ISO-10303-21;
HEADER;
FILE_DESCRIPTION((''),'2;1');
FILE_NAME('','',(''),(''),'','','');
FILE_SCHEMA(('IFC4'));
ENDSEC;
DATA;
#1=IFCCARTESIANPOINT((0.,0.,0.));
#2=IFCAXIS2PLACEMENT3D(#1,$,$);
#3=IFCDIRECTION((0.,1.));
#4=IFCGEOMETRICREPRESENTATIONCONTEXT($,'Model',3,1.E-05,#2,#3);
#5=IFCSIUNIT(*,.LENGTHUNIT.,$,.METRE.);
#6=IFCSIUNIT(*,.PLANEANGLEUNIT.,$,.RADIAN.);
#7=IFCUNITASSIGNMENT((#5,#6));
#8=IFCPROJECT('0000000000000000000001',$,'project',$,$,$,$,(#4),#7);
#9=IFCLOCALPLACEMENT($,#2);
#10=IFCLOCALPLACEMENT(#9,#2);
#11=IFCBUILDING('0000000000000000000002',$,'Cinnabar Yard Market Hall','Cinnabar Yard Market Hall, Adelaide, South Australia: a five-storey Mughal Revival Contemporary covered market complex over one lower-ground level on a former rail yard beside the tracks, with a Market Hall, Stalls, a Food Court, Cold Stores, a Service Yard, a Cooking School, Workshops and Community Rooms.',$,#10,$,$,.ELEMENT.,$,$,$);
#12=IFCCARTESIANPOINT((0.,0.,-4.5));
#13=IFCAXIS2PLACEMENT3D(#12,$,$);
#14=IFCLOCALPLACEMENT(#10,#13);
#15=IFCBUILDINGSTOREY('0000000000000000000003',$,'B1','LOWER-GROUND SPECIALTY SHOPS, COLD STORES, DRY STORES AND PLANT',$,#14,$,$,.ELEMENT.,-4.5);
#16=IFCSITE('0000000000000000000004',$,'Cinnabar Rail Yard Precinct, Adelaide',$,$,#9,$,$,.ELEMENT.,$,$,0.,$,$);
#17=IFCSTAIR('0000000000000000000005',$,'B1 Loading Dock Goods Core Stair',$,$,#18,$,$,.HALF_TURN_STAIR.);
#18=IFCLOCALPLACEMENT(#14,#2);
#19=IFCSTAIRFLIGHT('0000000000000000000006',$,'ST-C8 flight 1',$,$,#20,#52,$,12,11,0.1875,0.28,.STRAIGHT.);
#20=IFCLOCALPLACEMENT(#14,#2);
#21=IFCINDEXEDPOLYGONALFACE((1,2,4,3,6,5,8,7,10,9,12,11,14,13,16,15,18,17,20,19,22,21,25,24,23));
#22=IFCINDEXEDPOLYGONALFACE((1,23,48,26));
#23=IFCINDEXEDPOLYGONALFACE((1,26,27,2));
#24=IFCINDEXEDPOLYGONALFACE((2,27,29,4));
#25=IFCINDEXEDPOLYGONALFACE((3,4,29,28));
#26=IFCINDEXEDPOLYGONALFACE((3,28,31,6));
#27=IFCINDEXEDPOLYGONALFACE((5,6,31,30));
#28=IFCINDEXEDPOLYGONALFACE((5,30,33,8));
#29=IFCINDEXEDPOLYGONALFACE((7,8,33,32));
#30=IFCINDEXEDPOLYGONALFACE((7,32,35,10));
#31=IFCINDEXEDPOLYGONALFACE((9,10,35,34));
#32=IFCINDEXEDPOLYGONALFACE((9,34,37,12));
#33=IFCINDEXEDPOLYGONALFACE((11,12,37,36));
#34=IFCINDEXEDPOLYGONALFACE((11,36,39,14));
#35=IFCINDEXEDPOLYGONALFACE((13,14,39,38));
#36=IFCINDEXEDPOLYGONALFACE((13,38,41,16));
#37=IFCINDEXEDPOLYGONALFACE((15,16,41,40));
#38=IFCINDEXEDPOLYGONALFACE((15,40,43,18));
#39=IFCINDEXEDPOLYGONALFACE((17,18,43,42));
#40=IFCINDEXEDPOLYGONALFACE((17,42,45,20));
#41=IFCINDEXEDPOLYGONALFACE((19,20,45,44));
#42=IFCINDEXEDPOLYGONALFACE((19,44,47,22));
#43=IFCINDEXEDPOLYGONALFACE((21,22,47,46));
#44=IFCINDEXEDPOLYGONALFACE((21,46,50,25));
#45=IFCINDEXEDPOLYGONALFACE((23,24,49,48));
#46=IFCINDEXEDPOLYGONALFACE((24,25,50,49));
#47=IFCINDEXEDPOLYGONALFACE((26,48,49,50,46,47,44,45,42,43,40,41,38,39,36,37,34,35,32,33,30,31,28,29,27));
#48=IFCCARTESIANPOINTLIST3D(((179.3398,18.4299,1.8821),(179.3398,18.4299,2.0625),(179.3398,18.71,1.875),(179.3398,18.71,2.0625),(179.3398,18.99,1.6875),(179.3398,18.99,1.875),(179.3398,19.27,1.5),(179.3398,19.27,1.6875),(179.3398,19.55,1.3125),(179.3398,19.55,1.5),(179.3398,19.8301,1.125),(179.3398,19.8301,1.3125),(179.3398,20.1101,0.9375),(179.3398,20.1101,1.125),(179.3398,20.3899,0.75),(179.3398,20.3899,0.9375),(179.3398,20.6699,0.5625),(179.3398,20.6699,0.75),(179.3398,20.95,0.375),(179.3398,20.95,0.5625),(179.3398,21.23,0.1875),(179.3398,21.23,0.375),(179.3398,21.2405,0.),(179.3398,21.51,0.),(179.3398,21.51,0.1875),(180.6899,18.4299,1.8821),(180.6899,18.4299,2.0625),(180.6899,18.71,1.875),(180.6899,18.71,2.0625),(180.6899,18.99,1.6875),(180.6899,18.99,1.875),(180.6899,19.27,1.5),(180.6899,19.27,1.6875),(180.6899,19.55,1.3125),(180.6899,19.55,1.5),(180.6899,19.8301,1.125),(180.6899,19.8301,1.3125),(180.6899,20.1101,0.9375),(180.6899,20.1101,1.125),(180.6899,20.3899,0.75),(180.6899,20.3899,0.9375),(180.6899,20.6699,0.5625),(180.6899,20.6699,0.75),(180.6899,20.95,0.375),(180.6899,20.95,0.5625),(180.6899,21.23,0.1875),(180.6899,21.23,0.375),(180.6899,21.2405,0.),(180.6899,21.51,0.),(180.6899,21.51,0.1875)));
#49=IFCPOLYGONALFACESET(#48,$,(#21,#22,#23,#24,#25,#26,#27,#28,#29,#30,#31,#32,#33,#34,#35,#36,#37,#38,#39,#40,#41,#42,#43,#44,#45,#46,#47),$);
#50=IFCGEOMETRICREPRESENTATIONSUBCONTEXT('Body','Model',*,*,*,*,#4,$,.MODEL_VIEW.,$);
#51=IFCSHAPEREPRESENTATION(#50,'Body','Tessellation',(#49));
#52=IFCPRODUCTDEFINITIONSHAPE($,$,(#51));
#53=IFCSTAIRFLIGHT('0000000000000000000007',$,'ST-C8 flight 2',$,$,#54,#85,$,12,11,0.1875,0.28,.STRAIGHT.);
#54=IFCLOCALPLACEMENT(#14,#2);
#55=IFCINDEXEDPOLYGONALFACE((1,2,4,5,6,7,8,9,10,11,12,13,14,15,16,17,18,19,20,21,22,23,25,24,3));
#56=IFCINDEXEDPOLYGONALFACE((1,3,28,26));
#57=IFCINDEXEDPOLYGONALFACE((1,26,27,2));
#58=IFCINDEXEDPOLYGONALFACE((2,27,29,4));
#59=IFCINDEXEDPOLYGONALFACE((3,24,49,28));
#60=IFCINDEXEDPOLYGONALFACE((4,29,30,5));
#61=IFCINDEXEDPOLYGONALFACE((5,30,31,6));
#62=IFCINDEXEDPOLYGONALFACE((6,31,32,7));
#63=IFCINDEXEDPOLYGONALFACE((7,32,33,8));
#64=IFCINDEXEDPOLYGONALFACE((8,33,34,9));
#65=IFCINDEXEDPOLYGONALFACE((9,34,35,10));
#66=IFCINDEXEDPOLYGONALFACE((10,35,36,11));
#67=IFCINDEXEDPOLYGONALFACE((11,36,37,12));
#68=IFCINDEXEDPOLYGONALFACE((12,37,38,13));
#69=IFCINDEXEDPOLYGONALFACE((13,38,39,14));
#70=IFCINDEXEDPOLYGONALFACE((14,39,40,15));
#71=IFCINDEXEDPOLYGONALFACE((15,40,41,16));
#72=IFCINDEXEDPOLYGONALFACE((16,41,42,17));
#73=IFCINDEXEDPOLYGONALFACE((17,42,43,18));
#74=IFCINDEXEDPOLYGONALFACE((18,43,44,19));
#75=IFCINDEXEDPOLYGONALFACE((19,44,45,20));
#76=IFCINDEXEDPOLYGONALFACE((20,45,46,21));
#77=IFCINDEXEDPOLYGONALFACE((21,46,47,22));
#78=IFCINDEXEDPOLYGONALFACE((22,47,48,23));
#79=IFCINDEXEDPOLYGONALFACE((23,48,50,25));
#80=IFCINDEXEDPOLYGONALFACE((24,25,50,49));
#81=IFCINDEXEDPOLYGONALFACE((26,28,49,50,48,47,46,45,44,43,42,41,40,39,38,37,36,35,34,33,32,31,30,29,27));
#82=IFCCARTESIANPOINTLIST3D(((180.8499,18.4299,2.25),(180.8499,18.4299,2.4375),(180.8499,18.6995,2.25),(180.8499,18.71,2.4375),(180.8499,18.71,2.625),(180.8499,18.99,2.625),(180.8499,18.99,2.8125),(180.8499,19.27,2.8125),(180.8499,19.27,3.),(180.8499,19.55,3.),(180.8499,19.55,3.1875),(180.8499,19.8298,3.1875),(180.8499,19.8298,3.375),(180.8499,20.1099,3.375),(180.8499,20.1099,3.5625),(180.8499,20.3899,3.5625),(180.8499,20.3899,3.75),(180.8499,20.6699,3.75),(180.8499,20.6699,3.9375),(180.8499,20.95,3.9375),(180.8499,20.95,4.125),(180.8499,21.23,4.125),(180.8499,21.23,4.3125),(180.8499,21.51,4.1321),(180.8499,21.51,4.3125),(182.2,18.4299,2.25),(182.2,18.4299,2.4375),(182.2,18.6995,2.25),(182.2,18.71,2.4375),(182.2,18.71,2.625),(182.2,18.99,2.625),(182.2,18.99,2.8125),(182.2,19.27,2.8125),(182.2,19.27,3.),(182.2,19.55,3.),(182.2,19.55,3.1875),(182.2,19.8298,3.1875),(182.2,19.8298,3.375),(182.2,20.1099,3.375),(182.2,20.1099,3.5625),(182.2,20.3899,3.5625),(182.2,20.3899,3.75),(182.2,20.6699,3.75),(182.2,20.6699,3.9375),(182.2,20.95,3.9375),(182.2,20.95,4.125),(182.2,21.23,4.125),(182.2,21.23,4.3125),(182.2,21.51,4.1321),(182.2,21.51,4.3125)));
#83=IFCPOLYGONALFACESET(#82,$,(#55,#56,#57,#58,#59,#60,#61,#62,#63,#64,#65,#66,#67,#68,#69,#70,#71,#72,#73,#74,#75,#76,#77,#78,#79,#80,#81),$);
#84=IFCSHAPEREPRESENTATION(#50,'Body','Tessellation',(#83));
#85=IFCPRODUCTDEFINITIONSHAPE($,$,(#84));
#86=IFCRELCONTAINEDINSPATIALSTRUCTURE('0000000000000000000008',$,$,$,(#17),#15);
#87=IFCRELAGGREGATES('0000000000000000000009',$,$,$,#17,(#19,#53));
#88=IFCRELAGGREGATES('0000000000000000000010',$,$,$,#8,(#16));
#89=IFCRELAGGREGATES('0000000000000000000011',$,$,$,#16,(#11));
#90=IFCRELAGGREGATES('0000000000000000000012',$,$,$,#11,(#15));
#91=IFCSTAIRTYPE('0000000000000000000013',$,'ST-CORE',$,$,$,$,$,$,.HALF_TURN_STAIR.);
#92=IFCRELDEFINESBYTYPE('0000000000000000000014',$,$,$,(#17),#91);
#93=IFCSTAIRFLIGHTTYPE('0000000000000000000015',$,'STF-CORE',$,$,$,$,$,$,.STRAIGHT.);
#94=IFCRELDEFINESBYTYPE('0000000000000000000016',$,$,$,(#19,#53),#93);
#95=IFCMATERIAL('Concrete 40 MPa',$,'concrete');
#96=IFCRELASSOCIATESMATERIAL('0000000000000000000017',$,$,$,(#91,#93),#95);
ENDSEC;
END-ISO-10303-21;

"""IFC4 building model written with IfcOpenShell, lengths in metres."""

from ifc_helpers import new_model, si_unit, direction, frame, origin, place, context, subcontext, project, spatial, polyline, outline, extrude, material, type_object, element, aggregate, save


model = new_model("IFC4")

# Units and contexts
model_context = context("Model", 3, precision=1e-05, world=origin(), true_north=direction((0.0, 1.0)))
body_context = subcontext(model_context, "Body", "Model", "MODEL_VIEW")
ifc_project = project(units=[si_unit("LENGTHUNIT", "METRE"), si_unit("PLANEANGLEUNIT", "RADIAN")], contexts=[model_context])

# Site, building, storey
site_placement = place(None, origin())
site = spatial("IfcSite", under=ifc_project, at=site_placement, Name="Cinnabar Rail Yard Precinct, Adelaide", CompositionType="ELEMENT", RefElevation=0.0)
building_placement = place(site_placement, origin())
building = spatial("IfcBuilding", under=site, at=building_placement, Name="Cinnabar Yard Market Hall", Description="Cinnabar Yard Market Hall, Adelaide, South Australia: a five-storey Mughal Revival Contemporary covered market complex over one lower-ground level on a former rail yard beside the tracks, with a Market Hall, Stalls, a Food Court, Cold Stores, a Service Yard, a Cooking School, Workshops and Community Rooms.", CompositionType="ELEMENT")
storey_placement = place(building_placement, frame((0.0, 0.0, -4.5)))
storey = spatial("IfcBuildingStorey", under=building, at=storey_placement, Name="B1", Description="LOWER-GROUND SPECIALTY SHOPS, COLD STORES, DRY STORES AND PLANT", CompositionType="ELEMENT", Elevation=-4.5)

# Shared definitions
ifc_material_1 = material(Name="Concrete 40 MPa", Category="concrete")

# Stair, stair flights
stair_type = type_object("IfcStairType", Name="ST-CORE", PredefinedType="HALF_TURN_STAIR", material=ifc_material_1)
stair_placement = place(storey_placement, origin())
stair = element("IfcStair", 1, at=stair_placement, inside=storey, type_object=stair_type, Name="B1 Loading Dock Goods Core Stair", PredefinedType="HALF_TURN_STAIR")
stair_flight_type = type_object("IfcStairFlightType", Name="STF-CORE", PredefinedType="STRAIGHT", material=ifc_material_1)
stair_flight_1_placement = place(storey_placement, frame((180.0149, 21.51, 0.0), z_axis=(0.0, 0.0, 1.0), x_axis=(0.0, -1.0, 0.0)))
stair_flight_1 = element("IfcStairFlight", 2, at=stair_flight_1_placement, type_object=stair_flight_type, Name="ST-C8 flight 1", NumberOfRisers=12, NumberOfTreads=11, PredefinedType="STRAIGHT", RiserHeight=0.1875, TreadLength=0.28, context=body_context, shape_type="SweptSolid", body=[
    extrude(outline(polyline([(0.0, 0.0), (0.0, 0.1875), (0.28, 0.1875), (0.28, 0.375), (0.5601, 0.375), (0.5601, 0.5625), (0.8401, 0.5625), (0.8401, 0.75), (1.1201, 0.75), (1.1201, 0.9375), (1.3999, 0.9375), (1.3999, 1.125), (1.6799, 1.125), (1.6799, 1.3125), (1.96, 1.3125), (1.96, 1.5), (2.24, 1.5), (2.24, 1.6875), (2.52, 1.6875), (2.52, 1.875), (2.8, 1.875), (2.8, 2.0625), (3.0801, 2.0625), (3.0801, 2.25), (3.0801, 1.8821), (0.2695, 0.0), (0.0, 0.0)])), frame((0.0, 0.675, 0.0), z_axis=(0.0, -1.0, 0.0), x_axis=(1.0, 0.0, 0.0)), (0.0, 0.0, 1.0), 1.3501),
])
stair_flight_2_placement = place(storey_placement, frame((181.5249, 18.4299, 2.25), z_axis=(0.0, 0.0, 1.0), x_axis=(0.0, 1.0, 0.0)))
stair_flight_2 = element("IfcStairFlight", 3, at=stair_flight_2_placement, type_object=stair_flight_type, Name="ST-C8 flight 2", NumberOfRisers=12, NumberOfTreads=11, PredefinedType="STRAIGHT", RiserHeight=0.1875, TreadLength=0.28, context=body_context, shape_type="SweptSolid", body=[
    extrude(outline(polyline([(0.0, 0.0), (0.0, 0.1875), (0.28, 0.1875), (0.28, 0.375), (0.5601, 0.375), (0.5601, 0.5625), (0.8401, 0.5625), (0.8401, 0.75), (1.1201, 0.75), (1.1201, 0.9375), (1.3999, 0.9375), (1.3999, 1.125), (1.6799, 1.125), (1.6799, 1.3125), (1.96, 1.3125), (1.96, 1.5), (2.24, 1.5), (2.24, 1.6875), (2.52, 1.6875), (2.52, 1.875), (2.8, 1.875), (2.8, 2.0625), (3.0801, 2.0625), (3.0801, 2.25), (3.0801, 1.8821), (0.2695, 0.0), (0.0, 0.0)])), frame((0.0, 0.675, 0.0), z_axis=(0.0, -1.0, 0.0), x_axis=(1.0, 0.0, 0.0)), (0.0, 0.0, 1.0), 1.3501),
])
aggregate(stair, [stair_flight_1, stair_flight_2])

save(model, "model.ifc")
